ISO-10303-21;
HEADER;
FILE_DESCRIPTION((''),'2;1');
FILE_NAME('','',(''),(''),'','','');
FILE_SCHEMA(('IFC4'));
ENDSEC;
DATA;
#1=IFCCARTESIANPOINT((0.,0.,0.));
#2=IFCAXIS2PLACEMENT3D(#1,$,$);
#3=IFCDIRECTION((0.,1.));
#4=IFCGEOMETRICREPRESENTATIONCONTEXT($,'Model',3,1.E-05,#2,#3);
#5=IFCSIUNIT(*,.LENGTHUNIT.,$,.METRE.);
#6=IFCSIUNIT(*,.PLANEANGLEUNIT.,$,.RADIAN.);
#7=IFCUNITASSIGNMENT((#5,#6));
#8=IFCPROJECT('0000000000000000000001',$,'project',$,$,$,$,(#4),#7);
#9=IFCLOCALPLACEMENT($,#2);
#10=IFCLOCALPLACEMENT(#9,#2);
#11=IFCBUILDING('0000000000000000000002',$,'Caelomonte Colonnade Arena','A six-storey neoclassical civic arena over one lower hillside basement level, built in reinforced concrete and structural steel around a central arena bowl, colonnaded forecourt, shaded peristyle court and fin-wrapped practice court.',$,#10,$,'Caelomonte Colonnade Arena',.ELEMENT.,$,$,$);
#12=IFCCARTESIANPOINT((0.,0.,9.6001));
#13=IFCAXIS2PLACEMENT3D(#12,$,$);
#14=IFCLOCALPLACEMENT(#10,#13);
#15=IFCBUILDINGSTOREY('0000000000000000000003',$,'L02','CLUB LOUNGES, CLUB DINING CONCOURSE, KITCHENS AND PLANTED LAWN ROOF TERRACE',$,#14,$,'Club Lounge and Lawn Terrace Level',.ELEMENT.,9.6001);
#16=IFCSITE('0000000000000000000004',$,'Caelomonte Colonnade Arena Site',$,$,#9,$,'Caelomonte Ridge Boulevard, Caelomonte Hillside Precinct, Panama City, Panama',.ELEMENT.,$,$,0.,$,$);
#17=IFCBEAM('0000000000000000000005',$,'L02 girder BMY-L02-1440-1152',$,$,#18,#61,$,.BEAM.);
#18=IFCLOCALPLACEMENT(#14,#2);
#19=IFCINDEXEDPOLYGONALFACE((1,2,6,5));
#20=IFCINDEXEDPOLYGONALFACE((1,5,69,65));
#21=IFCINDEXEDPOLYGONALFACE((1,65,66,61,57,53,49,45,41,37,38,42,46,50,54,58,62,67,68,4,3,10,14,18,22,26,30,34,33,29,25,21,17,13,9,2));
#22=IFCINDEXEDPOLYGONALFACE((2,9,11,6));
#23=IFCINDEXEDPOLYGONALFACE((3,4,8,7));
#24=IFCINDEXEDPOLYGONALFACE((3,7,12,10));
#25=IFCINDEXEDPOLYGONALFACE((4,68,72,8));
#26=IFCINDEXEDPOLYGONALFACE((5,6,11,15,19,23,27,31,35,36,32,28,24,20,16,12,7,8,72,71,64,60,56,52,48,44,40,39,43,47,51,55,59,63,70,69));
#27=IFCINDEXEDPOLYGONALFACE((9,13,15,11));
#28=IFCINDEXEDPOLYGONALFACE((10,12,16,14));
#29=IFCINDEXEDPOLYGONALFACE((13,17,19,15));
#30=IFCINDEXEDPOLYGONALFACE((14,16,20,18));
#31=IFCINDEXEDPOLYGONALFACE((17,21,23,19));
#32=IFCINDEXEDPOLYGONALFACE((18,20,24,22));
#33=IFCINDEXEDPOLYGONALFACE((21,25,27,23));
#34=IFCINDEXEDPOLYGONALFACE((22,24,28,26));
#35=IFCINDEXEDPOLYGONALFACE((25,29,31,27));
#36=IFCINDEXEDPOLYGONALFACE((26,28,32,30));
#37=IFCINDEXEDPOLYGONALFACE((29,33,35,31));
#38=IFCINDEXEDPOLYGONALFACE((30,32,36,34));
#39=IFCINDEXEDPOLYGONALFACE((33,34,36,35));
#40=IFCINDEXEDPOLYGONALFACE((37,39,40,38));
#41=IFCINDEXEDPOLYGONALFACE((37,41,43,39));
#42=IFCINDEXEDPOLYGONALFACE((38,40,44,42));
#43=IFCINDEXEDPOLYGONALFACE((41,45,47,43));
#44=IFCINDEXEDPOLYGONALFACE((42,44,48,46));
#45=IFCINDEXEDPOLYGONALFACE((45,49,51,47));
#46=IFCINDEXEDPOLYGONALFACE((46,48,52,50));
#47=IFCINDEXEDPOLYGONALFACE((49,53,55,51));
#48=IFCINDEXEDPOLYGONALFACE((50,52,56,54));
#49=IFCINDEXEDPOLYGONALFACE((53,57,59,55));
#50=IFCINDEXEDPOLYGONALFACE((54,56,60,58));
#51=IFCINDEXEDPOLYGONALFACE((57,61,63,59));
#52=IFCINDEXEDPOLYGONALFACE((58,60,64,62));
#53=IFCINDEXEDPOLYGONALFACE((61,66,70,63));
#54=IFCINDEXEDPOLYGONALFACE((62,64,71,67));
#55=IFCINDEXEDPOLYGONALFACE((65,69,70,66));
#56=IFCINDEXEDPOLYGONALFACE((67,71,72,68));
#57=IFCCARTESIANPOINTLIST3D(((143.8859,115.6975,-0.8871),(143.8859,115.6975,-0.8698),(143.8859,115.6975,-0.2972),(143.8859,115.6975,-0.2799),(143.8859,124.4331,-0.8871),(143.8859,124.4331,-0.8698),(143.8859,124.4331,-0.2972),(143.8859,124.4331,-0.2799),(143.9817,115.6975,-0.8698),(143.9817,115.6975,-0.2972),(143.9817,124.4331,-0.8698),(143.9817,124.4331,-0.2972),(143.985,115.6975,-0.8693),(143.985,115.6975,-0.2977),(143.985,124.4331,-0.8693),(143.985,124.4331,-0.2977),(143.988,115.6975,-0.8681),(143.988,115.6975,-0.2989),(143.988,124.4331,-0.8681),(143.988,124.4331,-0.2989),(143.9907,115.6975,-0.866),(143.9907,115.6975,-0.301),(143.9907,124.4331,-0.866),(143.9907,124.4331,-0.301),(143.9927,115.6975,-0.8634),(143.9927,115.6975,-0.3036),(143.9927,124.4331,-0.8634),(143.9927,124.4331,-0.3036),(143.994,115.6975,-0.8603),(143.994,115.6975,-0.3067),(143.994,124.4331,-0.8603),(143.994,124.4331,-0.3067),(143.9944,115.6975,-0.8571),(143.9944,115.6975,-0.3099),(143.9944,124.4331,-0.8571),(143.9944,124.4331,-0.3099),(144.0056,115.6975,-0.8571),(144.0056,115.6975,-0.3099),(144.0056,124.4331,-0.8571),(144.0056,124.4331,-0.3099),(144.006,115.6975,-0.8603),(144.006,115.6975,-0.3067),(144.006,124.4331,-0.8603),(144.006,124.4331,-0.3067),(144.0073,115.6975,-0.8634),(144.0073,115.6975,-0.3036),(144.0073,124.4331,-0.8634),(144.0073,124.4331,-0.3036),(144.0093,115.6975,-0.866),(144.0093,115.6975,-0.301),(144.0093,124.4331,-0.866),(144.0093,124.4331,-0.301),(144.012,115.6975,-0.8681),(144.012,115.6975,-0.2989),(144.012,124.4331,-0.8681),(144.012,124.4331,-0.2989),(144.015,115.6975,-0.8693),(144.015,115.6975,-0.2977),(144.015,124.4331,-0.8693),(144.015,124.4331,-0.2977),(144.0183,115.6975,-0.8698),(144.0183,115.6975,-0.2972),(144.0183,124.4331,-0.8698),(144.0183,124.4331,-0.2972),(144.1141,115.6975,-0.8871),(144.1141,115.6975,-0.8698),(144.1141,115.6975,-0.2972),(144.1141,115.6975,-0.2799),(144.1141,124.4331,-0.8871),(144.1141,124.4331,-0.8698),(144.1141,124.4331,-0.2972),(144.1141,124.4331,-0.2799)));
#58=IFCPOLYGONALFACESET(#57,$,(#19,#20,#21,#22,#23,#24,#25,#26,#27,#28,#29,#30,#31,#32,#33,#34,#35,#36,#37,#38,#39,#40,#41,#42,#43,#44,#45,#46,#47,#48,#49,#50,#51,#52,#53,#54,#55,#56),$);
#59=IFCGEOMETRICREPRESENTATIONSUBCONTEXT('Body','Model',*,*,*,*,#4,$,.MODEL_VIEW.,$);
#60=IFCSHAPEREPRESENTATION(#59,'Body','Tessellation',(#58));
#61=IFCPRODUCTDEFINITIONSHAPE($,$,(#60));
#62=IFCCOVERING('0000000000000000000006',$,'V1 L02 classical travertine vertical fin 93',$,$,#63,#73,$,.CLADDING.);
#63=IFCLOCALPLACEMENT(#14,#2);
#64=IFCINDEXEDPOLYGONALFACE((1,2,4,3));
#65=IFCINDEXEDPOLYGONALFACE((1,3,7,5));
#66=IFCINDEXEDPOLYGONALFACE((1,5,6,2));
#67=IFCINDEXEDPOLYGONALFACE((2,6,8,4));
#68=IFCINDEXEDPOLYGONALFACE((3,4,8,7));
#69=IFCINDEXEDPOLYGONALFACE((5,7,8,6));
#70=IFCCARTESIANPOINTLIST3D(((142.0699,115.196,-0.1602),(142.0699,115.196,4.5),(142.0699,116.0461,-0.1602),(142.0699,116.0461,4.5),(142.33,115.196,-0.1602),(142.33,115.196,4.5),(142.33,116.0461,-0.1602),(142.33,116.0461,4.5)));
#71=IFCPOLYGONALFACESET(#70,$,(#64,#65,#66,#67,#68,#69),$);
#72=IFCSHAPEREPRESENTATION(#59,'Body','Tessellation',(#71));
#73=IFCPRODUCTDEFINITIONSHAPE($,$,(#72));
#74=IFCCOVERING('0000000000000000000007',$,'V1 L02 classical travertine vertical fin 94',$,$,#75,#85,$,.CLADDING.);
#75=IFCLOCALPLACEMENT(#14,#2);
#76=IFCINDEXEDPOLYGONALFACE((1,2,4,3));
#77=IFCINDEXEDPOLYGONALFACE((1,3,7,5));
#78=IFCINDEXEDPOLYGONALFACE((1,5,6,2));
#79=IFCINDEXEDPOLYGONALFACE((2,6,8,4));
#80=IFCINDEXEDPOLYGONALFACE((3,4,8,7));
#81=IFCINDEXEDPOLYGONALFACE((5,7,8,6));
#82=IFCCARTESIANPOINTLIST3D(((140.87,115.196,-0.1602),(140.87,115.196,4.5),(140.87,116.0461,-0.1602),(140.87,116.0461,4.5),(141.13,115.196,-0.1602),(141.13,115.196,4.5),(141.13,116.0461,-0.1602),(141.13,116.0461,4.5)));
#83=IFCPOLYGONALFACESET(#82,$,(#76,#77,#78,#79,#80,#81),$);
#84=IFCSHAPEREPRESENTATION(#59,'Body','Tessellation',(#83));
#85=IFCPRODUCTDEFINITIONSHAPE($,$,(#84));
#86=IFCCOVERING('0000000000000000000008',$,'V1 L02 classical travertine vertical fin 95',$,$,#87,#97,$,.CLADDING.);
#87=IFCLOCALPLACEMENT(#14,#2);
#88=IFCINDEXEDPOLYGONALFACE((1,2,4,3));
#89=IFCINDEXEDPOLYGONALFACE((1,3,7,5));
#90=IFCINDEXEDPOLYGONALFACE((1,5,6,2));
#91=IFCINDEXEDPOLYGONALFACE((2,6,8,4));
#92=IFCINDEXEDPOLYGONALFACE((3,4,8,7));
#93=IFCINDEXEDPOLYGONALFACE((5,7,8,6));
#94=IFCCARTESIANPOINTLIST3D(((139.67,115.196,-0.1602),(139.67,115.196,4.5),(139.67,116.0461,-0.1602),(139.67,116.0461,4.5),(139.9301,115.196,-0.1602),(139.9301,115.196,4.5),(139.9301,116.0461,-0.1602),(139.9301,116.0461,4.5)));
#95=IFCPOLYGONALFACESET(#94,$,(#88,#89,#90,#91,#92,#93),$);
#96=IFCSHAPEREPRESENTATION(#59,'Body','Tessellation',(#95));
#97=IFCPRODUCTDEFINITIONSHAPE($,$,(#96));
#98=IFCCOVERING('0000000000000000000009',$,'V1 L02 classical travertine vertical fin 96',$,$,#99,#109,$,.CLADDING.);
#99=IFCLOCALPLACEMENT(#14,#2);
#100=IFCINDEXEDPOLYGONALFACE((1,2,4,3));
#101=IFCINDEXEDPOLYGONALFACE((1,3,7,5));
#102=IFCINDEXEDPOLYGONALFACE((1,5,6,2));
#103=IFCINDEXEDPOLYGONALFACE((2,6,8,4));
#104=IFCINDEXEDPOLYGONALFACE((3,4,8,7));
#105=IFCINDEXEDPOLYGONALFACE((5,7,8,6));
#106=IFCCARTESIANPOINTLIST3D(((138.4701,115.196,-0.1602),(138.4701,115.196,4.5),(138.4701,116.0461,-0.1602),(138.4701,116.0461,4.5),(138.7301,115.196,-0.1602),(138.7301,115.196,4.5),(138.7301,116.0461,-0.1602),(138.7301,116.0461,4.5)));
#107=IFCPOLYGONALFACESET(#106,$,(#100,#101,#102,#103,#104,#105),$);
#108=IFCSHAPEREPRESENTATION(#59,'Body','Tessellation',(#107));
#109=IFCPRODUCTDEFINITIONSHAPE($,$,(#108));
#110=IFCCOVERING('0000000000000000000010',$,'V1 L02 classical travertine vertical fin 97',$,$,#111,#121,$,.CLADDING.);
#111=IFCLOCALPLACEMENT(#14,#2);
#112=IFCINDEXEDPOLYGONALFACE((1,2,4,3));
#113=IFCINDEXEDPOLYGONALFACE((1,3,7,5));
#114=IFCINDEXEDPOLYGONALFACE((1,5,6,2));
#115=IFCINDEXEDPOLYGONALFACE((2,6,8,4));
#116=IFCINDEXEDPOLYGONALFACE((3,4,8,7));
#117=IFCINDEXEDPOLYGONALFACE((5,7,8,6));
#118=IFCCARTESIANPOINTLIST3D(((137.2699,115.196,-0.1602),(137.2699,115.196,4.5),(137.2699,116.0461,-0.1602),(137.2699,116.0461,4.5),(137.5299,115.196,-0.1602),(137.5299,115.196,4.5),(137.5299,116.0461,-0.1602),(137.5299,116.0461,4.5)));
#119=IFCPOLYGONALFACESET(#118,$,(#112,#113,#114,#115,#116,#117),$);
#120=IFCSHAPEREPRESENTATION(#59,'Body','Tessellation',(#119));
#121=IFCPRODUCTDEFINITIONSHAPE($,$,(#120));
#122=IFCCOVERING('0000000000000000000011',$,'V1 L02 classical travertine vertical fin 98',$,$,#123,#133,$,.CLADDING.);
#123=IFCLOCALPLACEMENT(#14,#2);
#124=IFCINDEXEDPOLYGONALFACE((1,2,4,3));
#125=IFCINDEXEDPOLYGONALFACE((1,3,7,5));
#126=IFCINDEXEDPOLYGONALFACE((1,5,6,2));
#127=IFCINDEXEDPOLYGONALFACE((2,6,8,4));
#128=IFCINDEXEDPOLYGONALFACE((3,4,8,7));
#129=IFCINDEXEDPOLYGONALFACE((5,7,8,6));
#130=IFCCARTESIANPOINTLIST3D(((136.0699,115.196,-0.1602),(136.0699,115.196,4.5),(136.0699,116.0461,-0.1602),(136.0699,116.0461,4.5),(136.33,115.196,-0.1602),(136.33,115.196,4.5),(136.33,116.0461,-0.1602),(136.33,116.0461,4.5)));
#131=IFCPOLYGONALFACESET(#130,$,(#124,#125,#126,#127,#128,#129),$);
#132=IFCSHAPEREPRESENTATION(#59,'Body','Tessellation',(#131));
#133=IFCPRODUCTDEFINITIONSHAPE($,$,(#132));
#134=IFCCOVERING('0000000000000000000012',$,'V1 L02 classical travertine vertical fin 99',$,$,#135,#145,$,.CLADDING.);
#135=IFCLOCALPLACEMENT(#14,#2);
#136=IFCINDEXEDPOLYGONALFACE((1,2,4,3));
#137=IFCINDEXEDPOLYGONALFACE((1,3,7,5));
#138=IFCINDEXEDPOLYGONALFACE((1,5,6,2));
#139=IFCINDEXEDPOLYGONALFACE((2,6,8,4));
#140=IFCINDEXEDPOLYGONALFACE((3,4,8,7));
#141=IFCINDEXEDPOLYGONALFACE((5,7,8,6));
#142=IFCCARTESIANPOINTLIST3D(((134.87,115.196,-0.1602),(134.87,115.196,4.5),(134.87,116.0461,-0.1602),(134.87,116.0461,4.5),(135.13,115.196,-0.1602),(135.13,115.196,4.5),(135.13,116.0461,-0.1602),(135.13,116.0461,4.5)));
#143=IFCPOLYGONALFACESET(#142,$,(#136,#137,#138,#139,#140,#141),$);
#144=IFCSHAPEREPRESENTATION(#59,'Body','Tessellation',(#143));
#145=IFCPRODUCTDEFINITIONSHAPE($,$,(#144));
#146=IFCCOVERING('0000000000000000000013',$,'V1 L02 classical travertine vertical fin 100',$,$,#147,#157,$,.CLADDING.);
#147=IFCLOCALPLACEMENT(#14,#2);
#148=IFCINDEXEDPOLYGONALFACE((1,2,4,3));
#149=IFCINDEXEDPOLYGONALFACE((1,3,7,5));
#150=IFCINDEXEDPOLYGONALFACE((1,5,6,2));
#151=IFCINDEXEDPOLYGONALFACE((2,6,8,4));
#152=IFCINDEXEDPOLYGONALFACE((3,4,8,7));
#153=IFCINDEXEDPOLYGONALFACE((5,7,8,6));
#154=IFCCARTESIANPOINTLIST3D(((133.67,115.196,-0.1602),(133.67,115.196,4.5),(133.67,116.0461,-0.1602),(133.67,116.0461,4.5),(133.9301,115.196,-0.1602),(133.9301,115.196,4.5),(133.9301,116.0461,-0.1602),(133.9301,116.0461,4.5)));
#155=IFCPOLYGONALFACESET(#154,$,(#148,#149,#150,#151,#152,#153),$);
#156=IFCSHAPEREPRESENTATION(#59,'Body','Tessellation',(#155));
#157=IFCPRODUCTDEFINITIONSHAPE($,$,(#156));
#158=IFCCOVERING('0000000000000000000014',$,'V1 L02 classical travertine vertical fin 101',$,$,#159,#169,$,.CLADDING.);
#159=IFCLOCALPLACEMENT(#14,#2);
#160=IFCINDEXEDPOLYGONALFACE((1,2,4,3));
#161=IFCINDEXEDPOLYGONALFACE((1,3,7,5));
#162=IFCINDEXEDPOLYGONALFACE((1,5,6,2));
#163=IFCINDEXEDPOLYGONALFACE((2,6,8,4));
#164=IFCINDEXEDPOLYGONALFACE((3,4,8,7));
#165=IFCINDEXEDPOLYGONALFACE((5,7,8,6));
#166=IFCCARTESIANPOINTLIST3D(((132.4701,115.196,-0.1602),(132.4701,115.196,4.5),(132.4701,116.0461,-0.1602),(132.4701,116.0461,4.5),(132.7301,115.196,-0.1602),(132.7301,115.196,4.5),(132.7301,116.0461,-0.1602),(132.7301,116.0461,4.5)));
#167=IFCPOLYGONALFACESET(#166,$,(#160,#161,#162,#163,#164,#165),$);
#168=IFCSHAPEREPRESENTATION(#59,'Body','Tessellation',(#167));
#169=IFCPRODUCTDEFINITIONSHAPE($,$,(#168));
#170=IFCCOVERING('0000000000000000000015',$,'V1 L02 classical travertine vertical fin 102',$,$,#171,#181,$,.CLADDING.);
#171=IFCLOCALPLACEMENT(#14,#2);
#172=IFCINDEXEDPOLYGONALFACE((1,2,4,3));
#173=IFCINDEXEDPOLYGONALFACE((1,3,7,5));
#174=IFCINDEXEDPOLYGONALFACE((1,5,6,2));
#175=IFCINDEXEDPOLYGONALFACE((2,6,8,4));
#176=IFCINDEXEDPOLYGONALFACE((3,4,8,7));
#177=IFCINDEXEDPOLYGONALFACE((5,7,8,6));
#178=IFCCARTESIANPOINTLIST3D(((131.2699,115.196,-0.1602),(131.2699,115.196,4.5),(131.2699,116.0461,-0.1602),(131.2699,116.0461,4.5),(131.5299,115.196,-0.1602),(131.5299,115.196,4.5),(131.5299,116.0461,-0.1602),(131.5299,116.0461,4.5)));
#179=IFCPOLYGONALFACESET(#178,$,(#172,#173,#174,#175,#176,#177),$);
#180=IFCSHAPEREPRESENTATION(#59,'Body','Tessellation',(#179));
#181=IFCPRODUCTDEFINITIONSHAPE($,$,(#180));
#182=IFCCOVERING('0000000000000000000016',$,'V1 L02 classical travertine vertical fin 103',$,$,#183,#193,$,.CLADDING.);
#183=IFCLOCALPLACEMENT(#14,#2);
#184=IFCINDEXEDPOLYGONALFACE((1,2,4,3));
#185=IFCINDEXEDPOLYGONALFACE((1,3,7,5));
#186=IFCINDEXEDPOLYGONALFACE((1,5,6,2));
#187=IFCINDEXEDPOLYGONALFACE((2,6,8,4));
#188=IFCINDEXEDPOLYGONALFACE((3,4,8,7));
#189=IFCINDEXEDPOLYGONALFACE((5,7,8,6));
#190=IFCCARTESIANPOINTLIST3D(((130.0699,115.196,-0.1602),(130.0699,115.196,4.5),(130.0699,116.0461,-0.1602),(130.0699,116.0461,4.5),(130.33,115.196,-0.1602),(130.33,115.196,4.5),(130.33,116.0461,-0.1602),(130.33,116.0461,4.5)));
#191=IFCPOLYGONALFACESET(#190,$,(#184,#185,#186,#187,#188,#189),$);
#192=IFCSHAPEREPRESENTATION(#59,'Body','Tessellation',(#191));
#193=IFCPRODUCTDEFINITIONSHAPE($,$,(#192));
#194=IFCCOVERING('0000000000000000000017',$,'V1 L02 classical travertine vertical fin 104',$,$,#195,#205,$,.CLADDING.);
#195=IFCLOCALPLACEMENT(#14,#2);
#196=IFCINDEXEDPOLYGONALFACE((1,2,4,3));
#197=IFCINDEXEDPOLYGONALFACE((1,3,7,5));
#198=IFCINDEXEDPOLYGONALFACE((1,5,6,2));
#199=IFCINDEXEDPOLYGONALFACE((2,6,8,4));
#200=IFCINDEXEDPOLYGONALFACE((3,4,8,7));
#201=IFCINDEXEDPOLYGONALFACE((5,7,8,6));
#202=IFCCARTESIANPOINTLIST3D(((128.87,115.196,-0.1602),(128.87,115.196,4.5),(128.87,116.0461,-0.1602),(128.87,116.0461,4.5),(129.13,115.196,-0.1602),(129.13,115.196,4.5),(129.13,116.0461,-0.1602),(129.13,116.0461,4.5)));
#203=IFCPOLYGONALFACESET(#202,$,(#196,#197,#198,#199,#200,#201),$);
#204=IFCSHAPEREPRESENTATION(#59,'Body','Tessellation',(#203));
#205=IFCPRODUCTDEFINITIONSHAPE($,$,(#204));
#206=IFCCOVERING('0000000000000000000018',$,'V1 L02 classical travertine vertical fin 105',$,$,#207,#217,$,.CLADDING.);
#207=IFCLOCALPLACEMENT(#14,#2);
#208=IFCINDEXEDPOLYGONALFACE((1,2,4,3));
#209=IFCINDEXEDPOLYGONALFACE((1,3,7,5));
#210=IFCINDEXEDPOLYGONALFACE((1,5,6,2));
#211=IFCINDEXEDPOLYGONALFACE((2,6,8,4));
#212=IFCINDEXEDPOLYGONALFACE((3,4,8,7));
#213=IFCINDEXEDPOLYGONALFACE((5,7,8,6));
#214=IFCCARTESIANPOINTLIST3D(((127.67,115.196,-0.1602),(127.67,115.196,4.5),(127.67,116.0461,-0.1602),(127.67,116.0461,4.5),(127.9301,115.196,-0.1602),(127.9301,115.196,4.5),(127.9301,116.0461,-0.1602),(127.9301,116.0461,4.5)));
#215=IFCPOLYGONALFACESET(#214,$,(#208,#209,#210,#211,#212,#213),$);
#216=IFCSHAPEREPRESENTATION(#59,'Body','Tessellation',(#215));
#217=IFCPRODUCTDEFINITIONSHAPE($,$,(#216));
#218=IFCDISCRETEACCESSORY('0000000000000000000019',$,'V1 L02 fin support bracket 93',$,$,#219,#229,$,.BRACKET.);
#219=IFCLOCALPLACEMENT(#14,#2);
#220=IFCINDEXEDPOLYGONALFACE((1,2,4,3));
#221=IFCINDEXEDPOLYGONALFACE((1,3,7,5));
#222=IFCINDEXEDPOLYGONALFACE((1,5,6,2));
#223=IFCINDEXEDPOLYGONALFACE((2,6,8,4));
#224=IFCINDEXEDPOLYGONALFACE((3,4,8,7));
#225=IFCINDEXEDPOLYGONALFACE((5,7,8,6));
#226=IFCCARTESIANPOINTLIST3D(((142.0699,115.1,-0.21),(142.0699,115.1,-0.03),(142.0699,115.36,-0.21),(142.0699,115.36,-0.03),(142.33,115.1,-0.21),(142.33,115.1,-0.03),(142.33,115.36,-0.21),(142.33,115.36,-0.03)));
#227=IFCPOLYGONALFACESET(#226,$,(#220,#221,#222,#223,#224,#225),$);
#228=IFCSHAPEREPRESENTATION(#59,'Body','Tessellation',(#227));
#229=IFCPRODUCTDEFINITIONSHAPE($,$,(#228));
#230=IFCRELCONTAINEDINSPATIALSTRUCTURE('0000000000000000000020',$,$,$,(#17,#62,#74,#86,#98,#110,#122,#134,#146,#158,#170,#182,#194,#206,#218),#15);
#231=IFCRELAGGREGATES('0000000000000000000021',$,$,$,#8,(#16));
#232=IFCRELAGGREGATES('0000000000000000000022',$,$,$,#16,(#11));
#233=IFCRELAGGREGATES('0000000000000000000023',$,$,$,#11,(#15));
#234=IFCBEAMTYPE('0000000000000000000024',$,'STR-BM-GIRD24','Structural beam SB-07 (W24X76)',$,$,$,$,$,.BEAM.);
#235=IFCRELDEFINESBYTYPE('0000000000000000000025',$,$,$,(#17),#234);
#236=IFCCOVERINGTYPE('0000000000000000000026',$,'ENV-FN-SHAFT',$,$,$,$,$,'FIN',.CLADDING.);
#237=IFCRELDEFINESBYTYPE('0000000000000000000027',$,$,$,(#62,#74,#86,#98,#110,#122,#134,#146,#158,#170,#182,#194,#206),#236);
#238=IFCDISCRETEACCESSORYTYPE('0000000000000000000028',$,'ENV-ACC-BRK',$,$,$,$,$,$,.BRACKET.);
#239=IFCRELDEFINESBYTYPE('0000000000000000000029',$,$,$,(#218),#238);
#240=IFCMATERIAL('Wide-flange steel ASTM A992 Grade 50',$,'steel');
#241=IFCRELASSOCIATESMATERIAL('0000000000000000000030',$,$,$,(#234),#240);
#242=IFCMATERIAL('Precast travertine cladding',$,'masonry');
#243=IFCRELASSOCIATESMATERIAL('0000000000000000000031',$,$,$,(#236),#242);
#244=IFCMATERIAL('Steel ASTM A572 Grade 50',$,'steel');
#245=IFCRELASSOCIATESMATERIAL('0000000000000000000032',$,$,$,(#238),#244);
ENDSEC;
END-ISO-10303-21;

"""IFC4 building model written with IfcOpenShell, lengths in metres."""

from ifc_helpers import new_model, si_unit, direction, frame, origin, origin_2d, place, context, subcontext, project, spatial, rectangle, i_section, extrude, material, material_profile, profile_set, type_object, element, save


model = new_model("IFC4")

# Units and contexts
model_context = context("Model", 3, precision=1e-05, world=origin(), true_north=direction((0.0, 1.0)))
body_context = subcontext(model_context, "Body", "Model", "MODEL_VIEW")
ifc_project = project(units=[si_unit("LENGTHUNIT", "METRE"), si_unit("PLANEANGLEUNIT", "RADIAN")], contexts=[model_context])

# Site, building, storey
site_placement = place(None, origin())
site = spatial("IfcSite", under=ifc_project, at=site_placement, Name="Caelomonte Colonnade Arena Site", LongName="Caelomonte Ridge Boulevard, Caelomonte Hillside Precinct, Panama City, Panama", CompositionType="ELEMENT", RefElevation=0.0)
building_placement = place(site_placement, origin())
building = spatial("IfcBuilding", under=site, at=building_placement, Name="Caelomonte Colonnade Arena", Description="A six-storey neoclassical civic arena over one lower hillside basement level, built in reinforced concrete and structural steel around a central arena bowl, colonnaded forecourt, shaded peristyle court and fin-wrapped practice court.", LongName="Caelomonte Colonnade Arena", CompositionType="ELEMENT")
storey_placement = place(building_placement, frame((0.0, 0.0, 9.6001)))
storey = spatial("IfcBuildingStorey", under=building, at=storey_placement, Name="L02", Description="CLUB LOUNGES, CLUB DINING CONCOURSE, KITCHENS AND PLANTED LAWN ROOF TERRACE", LongName="Club Lounge and Lawn Terrace Level", CompositionType="ELEMENT", Elevation=9.6001)

# Beam
ifc_material_1 = material(Name="Wide-flange steel ASTM A992 Grade 50", Category="steel")
ifc_material_profile_1 = material_profile(ifc_material_1, i_section(OverallWidth=0.2283, OverallDepth=0.6072, WebThickness=0.0112, FlangeThickness=0.0173, FilletRadius=0.0127, at=origin_2d()), Name="W24X76")
ifc_profile_set_1 = profile_set([ifc_material_profile_1], Name="Wide-flange steel ASTM A992 Grade 50")
beam_type = type_object("IfcBeamType", Name="STR-BM-GIRD24", Description="Structural beam SB-07 (W24X76)", PredefinedType="BEAM", material=ifc_profile_set_1)
beam_placement = place(storey_placement, frame((144.0, 115.6975, -0.5835), z_axis=(0.0, 1.0, 0.0), x_axis=(-1.0, 0.0, 0.0)))
element("IfcBeam", 1, at=beam_placement, inside=storey, type_object=beam_type, Name="L02 girder BMY-L02-1440-1152", PredefinedType="BEAM", context=body_context, shape_type="SweptSolid", body=[
    extrude(i_section(OverallWidth=0.2283, OverallDepth=0.6072, WebThickness=0.0112, FlangeThickness=0.0173, FilletRadius=0.0127, at=origin_2d()), origin(), (0.0, 0.0, 1.0), 8.7356),
])

# Coverings
ifc_material_2 = material(Name="Precast travertine cladding", Category="masonry")
ifc_material_profile_2 = material_profile(ifc_material_2, rectangle(XDim=0.26, YDim=0.8501, at=origin_2d()), Name="FIN260X850")
ifc_profile_set_2 = profile_set([ifc_material_profile_2], Name="Precast travertine cladding")
covering_type = type_object("IfcCoveringType", Name="ENV-FN-SHAFT", ElementType="FIN", PredefinedType="CLADDING", material=ifc_profile_set_2)
for number, where, z_axis, x_axis, name in (
    (2, (142.2, 115.6211, -0.1602), (0.0, 0.0, 1.0), (1.0, 0.0, 0.0), "V1 L02 classical travertine vertical fin 93"),
    (3, (141.0, 115.6211, -0.1602), (0.0, 0.0, 1.0), (1.0, 0.0, 0.0), "V1 L02 classical travertine vertical fin 94"),
    (4, (139.8, 115.6211, -0.1602), (0.0, 0.0, 1.0), (1.0, 0.0, 0.0), "V1 L02 classical travertine vertical fin 95"),
    (5, (138.6001, 115.6211, -0.1602), (0.0, 0.0, 1.0), (1.0, 0.0, 0.0), "V1 L02 classical travertine vertical fin 96"),
    (6, (137.3999, 115.6211, -0.1602), (0.0, 0.0, 1.0), (1.0, 0.0, 0.0), "V1 L02 classical travertine vertical fin 97"),
    (7, (136.2, 115.6211, -0.1602), (0.0, 0.0, 1.0), (1.0, 0.0, 0.0), "V1 L02 classical travertine vertical fin 98"),
    (8, (135.0, 115.6211, -0.1602), (0.0, 0.0, 1.0), (1.0, 0.0, 0.0), "V1 L02 classical travertine vertical fin 99"),
    (9, (133.8, 115.6211, -0.1602), (0.0, 0.0, 1.0), (1.0, 0.0, 0.0), "V1 L02 classical travertine vertical fin 100"),
    (10, (132.6001, 115.6211, -0.1602), (0.0, 0.0, 1.0), (1.0, 0.0, 0.0), "V1 L02 classical travertine vertical fin 101"),
    (11, (131.3999, 115.6211, -0.1602), (0.0, 0.0, 1.0), (1.0, 0.0, 0.0), "V1 L02 classical travertine vertical fin 102"),
    (12, (130.2, 115.6211, -0.1602), (0.0, 0.0, 1.0), (1.0, 0.0, 0.0), "V1 L02 classical travertine vertical fin 103"),
    (13, (129.0, 115.6211, -0.1602), (0.0, 0.0, 1.0), (1.0, 0.0, 0.0), "V1 L02 classical travertine vertical fin 104"),
    (14, (127.8, 115.6211, -0.1602), (0.0, 0.0, 1.0), (1.0, 0.0, 0.0), "V1 L02 classical travertine vertical fin 105"),
):
    element("IfcCovering", number, at=place(storey_placement, frame(where, z_axis=z_axis, x_axis=x_axis)), inside=storey, type_object=covering_type, Name=name, PredefinedType="CLADDING", context=body_context, shape_type="SweptSolid", body=[
        extrude(rectangle(XDim=0.26, YDim=0.8501, at=origin_2d()), origin(), (0.0, 0.0, 1.0), 4.6602),
    ])

# Discrete accessory
ifc_material_3 = material(Name="Steel ASTM A572 Grade 50", Category="steel")
discrete_accessory_type = type_object("IfcDiscreteAccessoryType", Name="ENV-ACC-BRK", PredefinedType="BRACKET", material=ifc_material_3)
for number, where, z_axis, x_axis, name in (
    (15, (142.2, 115.23, -0.21), (0.0, 0.0, 1.0), (-1.0, 0.0, 0.0), "V1 L02 fin support bracket 93"),
):
    element("IfcDiscreteAccessory", number, at=place(storey_placement, frame(where, z_axis=z_axis, x_axis=x_axis)), inside=storey, type_object=discrete_accessory_type, Name=name, PredefinedType="BRACKET", context=body_context, shape_type="SweptSolid", body=[
        extrude(rectangle(XDim=0.26, YDim=0.26, at=origin_2d()), origin(), (0.0, 0.0, 1.0), 0.1799),
    ])

save(model, "model.ifc")
